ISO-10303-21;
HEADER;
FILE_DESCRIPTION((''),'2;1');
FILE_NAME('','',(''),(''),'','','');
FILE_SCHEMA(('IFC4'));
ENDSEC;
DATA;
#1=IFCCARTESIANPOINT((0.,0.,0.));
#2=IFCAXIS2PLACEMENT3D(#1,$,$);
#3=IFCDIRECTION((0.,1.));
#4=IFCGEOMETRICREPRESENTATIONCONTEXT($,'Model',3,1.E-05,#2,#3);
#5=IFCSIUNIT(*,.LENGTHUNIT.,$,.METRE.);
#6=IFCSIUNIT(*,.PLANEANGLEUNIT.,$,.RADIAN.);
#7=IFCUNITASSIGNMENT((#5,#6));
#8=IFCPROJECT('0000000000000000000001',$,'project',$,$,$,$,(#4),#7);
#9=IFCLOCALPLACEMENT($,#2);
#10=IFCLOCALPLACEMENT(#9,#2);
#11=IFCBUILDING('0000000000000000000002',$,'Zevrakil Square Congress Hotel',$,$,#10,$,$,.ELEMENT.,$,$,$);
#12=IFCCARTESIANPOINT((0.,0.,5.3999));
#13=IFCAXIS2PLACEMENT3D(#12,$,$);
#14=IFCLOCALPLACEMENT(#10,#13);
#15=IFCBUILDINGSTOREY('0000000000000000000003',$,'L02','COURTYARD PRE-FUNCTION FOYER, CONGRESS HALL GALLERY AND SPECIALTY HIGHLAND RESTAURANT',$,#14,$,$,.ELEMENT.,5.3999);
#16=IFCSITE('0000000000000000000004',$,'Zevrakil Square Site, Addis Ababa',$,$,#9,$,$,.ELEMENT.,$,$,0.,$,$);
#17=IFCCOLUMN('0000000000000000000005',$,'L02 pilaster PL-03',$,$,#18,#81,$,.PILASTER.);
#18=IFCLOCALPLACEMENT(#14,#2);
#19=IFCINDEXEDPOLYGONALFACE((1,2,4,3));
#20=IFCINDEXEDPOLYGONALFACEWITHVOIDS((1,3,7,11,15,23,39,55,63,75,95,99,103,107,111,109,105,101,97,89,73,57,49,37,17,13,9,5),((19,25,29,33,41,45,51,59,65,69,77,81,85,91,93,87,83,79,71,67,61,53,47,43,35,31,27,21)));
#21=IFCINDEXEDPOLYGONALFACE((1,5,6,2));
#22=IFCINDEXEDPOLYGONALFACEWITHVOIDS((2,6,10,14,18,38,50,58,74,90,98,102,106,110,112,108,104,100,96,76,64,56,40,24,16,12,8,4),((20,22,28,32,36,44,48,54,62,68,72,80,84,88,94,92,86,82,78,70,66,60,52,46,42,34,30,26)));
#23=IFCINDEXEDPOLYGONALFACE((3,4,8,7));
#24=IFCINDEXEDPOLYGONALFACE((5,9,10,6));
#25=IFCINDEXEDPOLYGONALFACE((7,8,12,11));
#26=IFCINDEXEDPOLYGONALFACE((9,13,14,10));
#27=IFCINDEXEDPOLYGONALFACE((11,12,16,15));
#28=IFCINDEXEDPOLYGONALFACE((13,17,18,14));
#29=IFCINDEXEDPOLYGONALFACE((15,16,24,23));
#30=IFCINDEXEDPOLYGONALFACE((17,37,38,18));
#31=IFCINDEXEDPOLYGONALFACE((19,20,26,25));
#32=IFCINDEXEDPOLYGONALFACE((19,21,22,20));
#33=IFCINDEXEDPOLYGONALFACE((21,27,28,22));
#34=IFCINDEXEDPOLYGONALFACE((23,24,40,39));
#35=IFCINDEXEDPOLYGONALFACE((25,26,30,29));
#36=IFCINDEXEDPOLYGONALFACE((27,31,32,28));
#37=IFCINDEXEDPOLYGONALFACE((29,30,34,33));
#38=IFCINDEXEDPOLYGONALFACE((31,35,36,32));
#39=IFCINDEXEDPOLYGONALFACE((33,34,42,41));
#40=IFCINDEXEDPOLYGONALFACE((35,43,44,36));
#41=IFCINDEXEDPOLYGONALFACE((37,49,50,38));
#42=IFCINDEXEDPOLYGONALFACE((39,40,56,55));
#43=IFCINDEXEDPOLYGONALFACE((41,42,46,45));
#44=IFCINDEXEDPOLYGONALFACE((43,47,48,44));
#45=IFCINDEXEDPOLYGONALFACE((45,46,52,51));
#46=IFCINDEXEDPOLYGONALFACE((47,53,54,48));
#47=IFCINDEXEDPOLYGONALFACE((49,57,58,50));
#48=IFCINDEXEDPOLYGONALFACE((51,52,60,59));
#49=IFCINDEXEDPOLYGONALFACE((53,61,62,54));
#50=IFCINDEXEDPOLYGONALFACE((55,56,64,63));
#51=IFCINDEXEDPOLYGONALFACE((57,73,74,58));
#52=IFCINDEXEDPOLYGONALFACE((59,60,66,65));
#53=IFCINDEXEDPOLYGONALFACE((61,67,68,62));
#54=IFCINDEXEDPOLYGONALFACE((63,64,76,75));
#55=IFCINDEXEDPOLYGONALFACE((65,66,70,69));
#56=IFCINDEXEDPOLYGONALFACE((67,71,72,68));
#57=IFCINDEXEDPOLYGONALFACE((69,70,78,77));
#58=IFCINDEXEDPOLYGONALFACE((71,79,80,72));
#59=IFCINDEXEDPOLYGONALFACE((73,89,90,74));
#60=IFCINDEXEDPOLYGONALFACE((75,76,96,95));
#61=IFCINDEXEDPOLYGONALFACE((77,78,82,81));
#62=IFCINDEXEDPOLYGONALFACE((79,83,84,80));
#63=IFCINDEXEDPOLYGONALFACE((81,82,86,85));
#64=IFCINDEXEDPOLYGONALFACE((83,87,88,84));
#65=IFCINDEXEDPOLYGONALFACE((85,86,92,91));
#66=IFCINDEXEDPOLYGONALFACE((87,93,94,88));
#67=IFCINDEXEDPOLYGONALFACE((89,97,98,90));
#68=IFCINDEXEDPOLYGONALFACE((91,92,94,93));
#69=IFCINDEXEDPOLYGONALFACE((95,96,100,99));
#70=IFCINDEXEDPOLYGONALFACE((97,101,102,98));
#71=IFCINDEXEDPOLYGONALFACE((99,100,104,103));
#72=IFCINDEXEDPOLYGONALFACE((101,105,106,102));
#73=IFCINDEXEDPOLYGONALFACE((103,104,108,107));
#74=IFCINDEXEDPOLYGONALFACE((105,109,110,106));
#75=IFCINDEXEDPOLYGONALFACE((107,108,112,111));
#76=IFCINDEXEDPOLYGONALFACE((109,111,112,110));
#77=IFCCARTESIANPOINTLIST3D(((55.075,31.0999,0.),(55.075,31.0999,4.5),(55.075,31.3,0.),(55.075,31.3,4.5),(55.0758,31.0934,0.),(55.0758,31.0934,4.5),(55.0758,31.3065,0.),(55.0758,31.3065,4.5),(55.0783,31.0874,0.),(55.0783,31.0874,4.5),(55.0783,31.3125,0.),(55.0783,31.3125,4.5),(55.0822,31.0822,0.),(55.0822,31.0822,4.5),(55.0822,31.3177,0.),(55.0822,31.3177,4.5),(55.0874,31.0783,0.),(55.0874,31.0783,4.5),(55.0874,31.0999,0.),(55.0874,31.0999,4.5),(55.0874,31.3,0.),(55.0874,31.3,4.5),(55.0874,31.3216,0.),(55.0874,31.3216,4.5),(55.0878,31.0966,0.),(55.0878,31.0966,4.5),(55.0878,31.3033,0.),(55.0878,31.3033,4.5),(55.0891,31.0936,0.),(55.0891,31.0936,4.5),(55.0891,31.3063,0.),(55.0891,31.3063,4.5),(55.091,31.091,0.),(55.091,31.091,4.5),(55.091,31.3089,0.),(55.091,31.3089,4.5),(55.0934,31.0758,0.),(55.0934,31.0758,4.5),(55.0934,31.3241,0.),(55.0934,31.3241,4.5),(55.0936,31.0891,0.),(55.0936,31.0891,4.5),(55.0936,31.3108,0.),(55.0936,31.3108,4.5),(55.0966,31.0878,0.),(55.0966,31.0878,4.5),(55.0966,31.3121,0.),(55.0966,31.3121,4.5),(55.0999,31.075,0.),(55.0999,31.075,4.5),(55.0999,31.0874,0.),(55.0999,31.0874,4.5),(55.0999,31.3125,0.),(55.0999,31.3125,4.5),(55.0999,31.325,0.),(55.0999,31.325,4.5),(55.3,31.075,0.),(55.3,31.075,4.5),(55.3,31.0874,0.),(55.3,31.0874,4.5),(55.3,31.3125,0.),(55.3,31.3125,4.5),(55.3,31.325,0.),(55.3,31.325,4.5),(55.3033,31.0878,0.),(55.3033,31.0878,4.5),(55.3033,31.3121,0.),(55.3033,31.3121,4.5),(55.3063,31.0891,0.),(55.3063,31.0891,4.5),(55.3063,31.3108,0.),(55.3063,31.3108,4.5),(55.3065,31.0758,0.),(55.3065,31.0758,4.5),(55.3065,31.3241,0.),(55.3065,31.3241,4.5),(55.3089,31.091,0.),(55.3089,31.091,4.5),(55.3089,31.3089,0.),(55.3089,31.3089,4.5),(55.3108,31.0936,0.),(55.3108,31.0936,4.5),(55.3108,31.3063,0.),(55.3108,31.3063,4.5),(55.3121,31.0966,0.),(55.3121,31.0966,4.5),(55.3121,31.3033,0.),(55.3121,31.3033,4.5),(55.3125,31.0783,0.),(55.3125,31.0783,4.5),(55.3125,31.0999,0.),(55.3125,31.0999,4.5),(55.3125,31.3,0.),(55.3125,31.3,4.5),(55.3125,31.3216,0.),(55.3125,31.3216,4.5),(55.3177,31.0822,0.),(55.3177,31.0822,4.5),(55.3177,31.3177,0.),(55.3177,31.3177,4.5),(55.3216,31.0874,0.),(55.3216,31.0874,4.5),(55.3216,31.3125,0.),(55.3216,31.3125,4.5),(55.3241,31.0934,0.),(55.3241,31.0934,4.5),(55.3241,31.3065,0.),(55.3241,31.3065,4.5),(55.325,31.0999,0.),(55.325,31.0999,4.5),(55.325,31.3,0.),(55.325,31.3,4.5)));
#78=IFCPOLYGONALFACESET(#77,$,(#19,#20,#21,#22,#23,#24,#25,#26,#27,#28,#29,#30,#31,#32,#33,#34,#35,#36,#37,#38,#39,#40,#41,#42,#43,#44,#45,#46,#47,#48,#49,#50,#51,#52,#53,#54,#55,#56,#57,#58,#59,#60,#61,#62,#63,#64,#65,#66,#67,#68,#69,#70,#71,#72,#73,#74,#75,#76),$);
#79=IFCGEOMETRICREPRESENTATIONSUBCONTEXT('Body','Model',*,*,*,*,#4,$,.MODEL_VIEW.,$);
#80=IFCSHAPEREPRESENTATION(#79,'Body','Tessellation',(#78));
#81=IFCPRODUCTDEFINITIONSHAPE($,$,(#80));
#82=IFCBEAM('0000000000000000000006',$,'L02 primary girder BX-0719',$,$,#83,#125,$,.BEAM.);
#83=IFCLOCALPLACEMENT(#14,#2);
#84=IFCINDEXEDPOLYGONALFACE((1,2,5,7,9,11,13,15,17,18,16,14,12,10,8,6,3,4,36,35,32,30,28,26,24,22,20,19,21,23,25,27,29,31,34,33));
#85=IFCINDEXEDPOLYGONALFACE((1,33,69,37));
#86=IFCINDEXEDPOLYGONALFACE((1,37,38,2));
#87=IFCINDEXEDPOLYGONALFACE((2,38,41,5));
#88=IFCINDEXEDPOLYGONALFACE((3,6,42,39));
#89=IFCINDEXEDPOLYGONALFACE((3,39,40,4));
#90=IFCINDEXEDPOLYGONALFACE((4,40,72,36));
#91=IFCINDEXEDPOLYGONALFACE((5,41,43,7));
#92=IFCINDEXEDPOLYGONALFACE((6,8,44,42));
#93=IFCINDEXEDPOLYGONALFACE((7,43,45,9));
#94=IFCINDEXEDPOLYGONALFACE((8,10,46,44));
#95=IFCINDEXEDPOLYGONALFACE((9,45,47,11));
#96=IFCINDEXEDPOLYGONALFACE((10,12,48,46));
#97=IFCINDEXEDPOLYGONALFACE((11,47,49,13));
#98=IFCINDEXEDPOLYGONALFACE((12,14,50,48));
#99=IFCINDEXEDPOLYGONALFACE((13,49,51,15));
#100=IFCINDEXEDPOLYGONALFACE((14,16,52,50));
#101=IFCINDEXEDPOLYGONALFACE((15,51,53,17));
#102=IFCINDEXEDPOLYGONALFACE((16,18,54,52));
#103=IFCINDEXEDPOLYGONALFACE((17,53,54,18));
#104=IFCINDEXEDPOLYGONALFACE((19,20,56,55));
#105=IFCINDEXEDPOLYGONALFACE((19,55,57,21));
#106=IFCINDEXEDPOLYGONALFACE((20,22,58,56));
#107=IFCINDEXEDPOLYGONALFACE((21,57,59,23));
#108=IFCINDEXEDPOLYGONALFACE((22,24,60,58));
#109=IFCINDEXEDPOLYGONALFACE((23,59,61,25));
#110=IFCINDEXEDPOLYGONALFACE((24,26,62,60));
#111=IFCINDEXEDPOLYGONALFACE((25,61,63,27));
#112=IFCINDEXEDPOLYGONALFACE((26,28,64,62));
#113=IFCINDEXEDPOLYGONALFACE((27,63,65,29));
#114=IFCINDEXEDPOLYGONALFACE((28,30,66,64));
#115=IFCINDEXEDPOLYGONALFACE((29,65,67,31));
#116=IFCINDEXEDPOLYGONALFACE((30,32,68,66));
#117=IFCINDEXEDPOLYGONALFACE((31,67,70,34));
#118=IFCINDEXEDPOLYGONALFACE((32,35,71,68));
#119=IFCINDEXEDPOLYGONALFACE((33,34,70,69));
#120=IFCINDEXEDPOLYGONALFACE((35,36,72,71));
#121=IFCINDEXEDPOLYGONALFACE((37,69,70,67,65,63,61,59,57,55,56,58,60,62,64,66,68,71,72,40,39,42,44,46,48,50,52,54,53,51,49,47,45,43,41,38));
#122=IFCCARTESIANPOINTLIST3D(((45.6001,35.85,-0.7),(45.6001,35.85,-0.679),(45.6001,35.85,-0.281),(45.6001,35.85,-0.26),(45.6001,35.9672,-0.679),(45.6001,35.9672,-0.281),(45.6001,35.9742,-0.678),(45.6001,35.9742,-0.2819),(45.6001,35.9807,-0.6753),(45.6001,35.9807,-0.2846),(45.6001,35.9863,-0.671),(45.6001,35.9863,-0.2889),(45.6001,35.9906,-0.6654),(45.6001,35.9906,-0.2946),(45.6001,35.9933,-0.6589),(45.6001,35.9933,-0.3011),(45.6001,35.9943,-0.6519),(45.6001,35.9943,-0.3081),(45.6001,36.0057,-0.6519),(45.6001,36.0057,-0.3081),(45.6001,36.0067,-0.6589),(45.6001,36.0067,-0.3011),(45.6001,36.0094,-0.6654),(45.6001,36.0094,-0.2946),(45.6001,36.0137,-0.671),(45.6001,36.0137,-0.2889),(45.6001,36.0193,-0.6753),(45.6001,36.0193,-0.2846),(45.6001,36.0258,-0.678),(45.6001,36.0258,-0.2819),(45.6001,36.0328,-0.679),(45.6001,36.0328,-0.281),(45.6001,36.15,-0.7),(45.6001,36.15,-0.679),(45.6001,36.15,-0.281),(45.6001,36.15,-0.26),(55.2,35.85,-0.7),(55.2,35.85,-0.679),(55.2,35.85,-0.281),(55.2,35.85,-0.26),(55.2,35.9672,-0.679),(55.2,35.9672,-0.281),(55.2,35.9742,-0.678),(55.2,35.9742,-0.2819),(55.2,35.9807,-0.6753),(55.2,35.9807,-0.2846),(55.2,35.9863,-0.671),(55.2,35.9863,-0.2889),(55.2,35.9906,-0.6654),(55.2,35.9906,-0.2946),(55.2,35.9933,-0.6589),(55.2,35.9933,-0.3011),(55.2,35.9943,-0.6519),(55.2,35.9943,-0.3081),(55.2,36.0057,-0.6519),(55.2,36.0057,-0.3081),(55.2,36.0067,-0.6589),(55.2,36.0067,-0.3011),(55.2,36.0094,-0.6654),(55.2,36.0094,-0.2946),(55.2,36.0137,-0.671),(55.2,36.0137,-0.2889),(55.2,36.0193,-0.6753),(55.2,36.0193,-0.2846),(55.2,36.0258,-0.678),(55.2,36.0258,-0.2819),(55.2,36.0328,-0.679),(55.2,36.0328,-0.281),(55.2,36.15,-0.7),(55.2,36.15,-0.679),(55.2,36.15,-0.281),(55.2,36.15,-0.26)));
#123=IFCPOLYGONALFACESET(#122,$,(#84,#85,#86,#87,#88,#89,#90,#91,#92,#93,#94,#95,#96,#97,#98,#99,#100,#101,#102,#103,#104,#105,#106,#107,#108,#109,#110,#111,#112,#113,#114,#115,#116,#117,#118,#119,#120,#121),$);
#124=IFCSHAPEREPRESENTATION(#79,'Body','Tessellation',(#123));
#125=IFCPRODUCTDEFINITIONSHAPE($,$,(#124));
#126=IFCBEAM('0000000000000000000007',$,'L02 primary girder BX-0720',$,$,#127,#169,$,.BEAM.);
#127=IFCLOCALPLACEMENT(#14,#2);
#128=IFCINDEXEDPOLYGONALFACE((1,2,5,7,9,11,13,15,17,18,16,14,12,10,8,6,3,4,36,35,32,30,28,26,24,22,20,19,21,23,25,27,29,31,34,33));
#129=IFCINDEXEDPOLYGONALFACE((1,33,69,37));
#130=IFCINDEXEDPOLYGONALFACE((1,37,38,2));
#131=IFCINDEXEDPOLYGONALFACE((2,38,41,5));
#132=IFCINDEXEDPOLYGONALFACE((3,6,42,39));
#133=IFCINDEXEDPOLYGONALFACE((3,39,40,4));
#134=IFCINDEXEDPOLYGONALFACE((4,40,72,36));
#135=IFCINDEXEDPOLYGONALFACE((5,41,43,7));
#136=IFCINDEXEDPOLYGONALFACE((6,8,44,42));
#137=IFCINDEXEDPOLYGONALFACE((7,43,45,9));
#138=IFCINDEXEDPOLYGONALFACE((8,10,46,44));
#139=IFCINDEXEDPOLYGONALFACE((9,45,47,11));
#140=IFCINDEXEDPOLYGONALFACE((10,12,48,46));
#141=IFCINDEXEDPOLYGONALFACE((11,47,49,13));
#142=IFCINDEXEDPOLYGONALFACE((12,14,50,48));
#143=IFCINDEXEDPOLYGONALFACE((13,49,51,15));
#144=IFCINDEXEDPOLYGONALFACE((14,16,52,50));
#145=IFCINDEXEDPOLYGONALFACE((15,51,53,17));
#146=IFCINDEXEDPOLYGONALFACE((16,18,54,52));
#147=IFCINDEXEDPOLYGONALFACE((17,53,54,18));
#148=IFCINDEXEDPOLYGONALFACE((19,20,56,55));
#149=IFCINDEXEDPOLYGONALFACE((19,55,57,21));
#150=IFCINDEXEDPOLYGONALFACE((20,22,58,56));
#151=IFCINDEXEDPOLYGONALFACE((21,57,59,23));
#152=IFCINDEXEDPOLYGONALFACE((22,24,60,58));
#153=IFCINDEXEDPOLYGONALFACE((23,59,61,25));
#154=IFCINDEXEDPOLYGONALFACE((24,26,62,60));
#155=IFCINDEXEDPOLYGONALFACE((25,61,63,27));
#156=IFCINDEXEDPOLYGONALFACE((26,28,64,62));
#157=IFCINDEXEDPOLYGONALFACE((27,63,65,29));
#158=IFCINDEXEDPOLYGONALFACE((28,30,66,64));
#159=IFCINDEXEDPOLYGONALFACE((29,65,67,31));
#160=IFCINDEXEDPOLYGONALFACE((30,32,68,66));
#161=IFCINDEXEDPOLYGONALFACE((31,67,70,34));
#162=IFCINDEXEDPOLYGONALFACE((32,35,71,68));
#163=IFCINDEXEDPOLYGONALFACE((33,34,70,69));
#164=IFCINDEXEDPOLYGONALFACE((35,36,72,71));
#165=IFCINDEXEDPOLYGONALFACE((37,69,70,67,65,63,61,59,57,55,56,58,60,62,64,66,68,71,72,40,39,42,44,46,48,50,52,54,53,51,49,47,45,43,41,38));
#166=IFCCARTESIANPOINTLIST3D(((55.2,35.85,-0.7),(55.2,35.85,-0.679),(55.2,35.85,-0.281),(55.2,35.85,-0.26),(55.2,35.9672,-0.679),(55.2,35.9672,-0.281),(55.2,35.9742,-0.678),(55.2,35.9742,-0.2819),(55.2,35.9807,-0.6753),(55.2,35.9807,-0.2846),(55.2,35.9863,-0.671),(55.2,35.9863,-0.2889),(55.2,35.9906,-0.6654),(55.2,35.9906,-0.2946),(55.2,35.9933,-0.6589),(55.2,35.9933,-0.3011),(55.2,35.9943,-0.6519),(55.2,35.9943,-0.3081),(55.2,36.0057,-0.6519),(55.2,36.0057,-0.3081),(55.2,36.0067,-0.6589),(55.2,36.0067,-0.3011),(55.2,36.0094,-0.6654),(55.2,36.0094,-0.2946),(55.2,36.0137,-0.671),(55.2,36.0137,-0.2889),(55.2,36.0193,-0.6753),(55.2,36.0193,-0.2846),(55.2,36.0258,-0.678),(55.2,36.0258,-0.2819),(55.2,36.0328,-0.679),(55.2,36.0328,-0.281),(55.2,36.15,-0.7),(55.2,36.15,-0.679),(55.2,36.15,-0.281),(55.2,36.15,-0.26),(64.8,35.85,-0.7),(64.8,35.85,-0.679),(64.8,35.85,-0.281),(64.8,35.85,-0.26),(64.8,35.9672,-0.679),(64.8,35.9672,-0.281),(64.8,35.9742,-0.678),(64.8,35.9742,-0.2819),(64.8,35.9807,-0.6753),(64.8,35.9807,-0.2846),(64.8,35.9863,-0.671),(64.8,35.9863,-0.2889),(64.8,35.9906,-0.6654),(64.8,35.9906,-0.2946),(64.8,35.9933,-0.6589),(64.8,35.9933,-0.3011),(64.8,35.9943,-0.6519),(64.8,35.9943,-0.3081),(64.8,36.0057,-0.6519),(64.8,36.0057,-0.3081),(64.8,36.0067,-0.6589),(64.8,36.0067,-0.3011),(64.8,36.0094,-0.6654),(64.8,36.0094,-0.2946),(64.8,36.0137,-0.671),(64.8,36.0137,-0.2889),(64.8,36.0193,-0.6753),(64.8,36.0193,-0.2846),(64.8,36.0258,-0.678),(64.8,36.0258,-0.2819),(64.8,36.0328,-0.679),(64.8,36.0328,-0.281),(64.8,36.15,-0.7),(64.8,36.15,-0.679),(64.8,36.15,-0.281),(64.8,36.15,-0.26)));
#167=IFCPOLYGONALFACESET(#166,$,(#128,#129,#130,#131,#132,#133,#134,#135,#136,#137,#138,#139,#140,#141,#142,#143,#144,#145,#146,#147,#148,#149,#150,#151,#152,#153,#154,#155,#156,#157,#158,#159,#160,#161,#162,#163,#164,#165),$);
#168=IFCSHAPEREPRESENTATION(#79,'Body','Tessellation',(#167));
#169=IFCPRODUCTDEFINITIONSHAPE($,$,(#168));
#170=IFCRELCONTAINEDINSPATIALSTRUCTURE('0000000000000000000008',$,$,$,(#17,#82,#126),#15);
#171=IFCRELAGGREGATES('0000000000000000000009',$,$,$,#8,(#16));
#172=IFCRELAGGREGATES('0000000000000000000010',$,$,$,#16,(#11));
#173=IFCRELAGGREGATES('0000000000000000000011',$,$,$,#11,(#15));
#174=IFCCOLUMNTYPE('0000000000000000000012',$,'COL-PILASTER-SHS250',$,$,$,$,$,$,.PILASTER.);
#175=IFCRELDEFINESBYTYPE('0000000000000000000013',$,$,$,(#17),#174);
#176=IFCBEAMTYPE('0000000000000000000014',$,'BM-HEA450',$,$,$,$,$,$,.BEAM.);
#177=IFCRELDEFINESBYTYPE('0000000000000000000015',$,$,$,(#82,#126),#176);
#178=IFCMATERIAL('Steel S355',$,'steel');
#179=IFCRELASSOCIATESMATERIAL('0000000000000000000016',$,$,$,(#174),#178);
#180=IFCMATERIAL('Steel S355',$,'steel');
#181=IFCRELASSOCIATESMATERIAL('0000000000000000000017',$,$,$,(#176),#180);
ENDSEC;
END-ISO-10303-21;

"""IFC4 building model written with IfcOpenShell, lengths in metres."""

from ifc_helpers import new_model, si_unit, direction, frame, origin, origin_2d, place, context, subcontext, project, spatial, hollow_rectangle, i_section, extrude, material, material_profile, profile_set, type_object, element, save


model = new_model("IFC4")

# Units and contexts
model_context = context("Model", 3, precision=1e-05, world=origin(), true_north=direction((0.0, 1.0)))
body_context = subcontext(model_context, "Body", "Model", "MODEL_VIEW")
ifc_project = project(units=[si_unit("LENGTHUNIT", "METRE"), si_unit("PLANEANGLEUNIT", "RADIAN")], contexts=[model_context])

# Site, building, storey
site_placement = place(None, origin())
site = spatial("IfcSite", under=ifc_project, at=site_placement, Name="Zevrakil Square Site, Addis Ababa", CompositionType="ELEMENT", RefElevation=0.0)
building_placement = place(site_placement, origin())
building = spatial("IfcBuilding", under=site, at=building_placement, Name="Zevrakil Square Congress Hotel", CompositionType="ELEMENT")
storey_placement = place(building_placement, frame((0.0, 0.0, 5.3999)))
storey = spatial("IfcBuildingStorey", under=building, at=storey_placement, Name="L02", Description="COURTYARD PRE-FUNCTION FOYER, CONGRESS HALL GALLERY AND SPECIALTY HIGHLAND RESTAURANT", CompositionType="ELEMENT", Elevation=5.3999)

# Column
ifc_material_1 = material(Name="Steel S355", Category="steel")
ifc_material_profile_1 = material_profile(ifc_material_1, hollow_rectangle(XDim=0.25, YDim=0.25, WallThickness=0.0125, InnerFilletRadius=0.0125, OuterFilletRadius=0.0249, at=origin_2d()), Name="SHS 250x250x12.5")
ifc_profile_set_1 = profile_set([ifc_material_profile_1], Name="Steel S355")
column_type_1 = type_object("IfcColumnType", Name="COL-PILASTER-SHS250", PredefinedType="PILASTER", material=ifc_profile_set_1)
column_1_placement = place(storey_placement, frame((55.2, 31.2, 0.0), z_axis=(0.0, 0.0, 1.0), x_axis=(1.0, 0.0, 0.0)))
element("IfcColumn", 1, at=column_1_placement, inside=storey, type_object=column_type_1, Name="L02 pilaster PL-03", PredefinedType="PILASTER", context=body_context, shape_type="SweptSolid", body=[
    extrude(hollow_rectangle(XDim=0.25, YDim=0.25, WallThickness=0.0125, InnerFilletRadius=0.0125, OuterFilletRadius=0.0249, at=origin_2d()), origin(), (0.0, 0.0, 1.0), 4.5),
])

# Beams
ifc_material_2 = material(Name="Steel S355", Category="steel")
ifc_material_profile_2 = material_profile(ifc_material_2, i_section(OverallWidth=0.3, OverallDepth=0.4399, WebThickness=0.0115, FlangeThickness=0.021, FilletRadius=0.0271, at=origin_2d()), Name="HEA 450")
ifc_profile_set_2 = profile_set([ifc_material_profile_2], Name="Steel S355")
beam_type_1 = type_object("IfcBeamType", Name="BM-HEA450", PredefinedType="BEAM", material=ifc_profile_set_2)
beam_1_placement = place(storey_placement, frame((45.6001, 36.0, -0.48), z_axis=(1.0, 0.0, 0.0), x_axis=(0.0, 1.0, 0.0)))
element("IfcBeam", 2, at=beam_1_placement, inside=storey, type_object=beam_type_1, Name="L02 primary girder BX-0719", PredefinedType="BEAM", context=body_context, shape_type="SweptSolid", body=[
    extrude(i_section(OverallWidth=0.3, OverallDepth=0.4399, WebThickness=0.0115, FlangeThickness=0.021, FilletRadius=0.0271, at=origin_2d()), origin(), (0.0, 0.0, 1.0), 9.5999),
])
beam_2_placement = place(storey_placement, frame((55.2, 36.0, -0.48), z_axis=(1.0, 0.0, 0.0), x_axis=(0.0, 1.0, 0.0)))
element("IfcBeam", 3, at=beam_2_placement, inside=storey, type_object=beam_type_1, Name="L02 primary girder BX-0720", PredefinedType="BEAM", context=body_context, shape_type="SweptSolid", body=[
    extrude(i_section(OverallWidth=0.3, OverallDepth=0.4399, WebThickness=0.0115, FlangeThickness=0.021, FilletRadius=0.0271, at=origin_2d()), origin(), (0.0, 0.0, 1.0), 9.6001),
])

save(model, "model.ifc")
